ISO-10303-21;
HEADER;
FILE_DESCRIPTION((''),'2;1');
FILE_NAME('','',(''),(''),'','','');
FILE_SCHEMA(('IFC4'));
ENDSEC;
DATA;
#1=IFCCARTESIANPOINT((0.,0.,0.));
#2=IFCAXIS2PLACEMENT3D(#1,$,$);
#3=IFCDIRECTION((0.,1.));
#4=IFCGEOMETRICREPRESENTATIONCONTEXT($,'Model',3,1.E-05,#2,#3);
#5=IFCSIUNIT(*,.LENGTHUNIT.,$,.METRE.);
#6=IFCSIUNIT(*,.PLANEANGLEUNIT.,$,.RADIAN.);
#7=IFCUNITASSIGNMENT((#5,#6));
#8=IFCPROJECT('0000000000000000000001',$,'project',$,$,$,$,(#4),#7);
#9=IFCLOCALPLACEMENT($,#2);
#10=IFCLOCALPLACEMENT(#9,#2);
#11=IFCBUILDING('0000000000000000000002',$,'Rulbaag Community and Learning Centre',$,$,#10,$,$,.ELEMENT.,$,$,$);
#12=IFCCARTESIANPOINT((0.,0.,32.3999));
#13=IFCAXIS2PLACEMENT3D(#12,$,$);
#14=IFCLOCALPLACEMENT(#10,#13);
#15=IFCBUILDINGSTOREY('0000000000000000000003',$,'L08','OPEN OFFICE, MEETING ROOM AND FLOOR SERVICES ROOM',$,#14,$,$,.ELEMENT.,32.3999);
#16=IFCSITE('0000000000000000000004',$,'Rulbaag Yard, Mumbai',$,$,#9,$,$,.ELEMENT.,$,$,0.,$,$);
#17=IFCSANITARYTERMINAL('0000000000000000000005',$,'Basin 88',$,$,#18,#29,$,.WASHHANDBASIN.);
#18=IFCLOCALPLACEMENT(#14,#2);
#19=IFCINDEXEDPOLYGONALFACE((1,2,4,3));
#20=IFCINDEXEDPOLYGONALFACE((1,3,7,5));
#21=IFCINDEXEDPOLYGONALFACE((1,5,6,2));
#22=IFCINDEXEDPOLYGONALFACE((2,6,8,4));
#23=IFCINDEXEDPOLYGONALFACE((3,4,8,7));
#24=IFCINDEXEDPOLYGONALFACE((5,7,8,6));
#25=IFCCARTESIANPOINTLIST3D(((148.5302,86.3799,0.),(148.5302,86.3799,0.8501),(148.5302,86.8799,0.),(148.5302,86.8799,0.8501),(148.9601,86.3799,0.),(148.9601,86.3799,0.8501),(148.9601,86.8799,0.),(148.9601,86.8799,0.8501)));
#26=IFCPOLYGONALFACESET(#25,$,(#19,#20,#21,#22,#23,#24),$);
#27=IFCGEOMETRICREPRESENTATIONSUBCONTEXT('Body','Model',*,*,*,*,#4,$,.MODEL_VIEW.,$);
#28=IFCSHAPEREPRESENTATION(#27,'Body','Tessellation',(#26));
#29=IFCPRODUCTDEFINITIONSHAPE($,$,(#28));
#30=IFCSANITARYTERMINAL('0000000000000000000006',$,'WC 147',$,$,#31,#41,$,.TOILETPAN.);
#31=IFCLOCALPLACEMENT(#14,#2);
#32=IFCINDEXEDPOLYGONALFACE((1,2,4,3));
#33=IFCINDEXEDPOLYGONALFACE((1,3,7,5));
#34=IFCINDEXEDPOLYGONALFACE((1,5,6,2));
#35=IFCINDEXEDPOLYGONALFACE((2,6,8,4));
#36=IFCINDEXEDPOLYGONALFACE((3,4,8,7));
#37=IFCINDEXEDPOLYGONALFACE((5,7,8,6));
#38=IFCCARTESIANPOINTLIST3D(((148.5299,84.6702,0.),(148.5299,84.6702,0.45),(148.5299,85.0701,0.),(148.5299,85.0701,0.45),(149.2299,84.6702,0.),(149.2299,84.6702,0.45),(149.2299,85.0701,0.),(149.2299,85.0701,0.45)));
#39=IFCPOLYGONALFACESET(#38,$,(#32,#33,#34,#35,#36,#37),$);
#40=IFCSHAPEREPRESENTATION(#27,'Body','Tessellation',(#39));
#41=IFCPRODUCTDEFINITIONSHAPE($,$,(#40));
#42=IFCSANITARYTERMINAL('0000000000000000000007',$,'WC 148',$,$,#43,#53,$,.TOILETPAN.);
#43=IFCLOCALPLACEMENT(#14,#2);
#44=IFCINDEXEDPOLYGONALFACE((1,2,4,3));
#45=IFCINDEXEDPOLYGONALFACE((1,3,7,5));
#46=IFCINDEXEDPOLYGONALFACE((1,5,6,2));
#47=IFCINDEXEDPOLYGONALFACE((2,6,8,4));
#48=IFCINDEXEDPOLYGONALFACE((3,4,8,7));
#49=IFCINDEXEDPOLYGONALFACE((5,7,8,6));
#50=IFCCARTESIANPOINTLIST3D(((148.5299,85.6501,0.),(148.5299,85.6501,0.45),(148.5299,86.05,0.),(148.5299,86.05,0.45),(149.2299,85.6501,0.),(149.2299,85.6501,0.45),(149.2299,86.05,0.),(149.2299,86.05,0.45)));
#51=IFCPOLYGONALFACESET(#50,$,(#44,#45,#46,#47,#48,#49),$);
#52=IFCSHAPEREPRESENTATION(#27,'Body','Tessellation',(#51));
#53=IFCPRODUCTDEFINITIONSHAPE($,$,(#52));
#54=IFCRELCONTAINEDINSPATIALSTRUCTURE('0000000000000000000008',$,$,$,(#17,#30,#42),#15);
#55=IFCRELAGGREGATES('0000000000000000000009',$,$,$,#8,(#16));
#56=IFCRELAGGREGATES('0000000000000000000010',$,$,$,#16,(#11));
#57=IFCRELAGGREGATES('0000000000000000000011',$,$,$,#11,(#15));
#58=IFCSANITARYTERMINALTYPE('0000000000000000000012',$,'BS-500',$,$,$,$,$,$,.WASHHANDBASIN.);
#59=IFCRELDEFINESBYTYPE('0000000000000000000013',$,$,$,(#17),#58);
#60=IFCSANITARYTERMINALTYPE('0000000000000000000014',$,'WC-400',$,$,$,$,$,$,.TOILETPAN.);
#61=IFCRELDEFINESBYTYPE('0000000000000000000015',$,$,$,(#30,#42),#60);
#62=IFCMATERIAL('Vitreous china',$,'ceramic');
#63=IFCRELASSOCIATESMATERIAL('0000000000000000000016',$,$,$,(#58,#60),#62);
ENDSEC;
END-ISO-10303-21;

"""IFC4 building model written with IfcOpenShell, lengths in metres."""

from ifc_helpers import new_model, si_unit, direction, frame, origin, origin_2d, place, context, subcontext, project, spatial, rectangle, extrude, material, type_object, element, save


model = new_model("IFC4")

# Units and contexts
model_context = context("Model", 3, precision=1e-05, world=origin(), true_north=direction((0.0, 1.0)))
body_context = subcontext(model_context, "Body", "Model", "MODEL_VIEW")
ifc_project = project(units=[si_unit("LENGTHUNIT", "METRE"), si_unit("PLANEANGLEUNIT", "RADIAN")], contexts=[model_context])

# Site, building, storey
site_placement = place(None, origin())
site = spatial("IfcSite", under=ifc_project, at=site_placement, Name="Rulbaag Yard, Mumbai", CompositionType="ELEMENT", RefElevation=0.0)
building_placement = place(site_placement, origin())
building = spatial("IfcBuilding", under=site, at=building_placement, Name="Rulbaag Community and Learning Centre", CompositionType="ELEMENT")
storey_placement = place(building_placement, frame((0.0, 0.0, 32.3999)))
storey = spatial("IfcBuildingStorey", under=building, at=storey_placement, Name="L08", Description="OPEN OFFICE, MEETING ROOM AND FLOOR SERVICES ROOM", CompositionType="ELEMENT", Elevation=32.3999)

# Sanitary terminals
ifc_material_1 = material(Name="Vitreous china", Category="ceramic")
sanitary_terminal_type_1 = type_object("IfcSanitaryTerminalType", Name="BS-500", PredefinedType="WASHHANDBASIN", material=ifc_material_1)
sanitary_terminal_placement = place(storey_placement, frame((148.7451, 86.6299, 0.0), z_axis=(0.0, 0.0, 1.0), x_axis=(1.0, 0.0, 0.0)))
element("IfcSanitaryTerminal", 1, at=sanitary_terminal_placement, inside=storey, type_object=sanitary_terminal_type_1, Name="Basin 88", PredefinedType="WASHHANDBASIN", context=body_context, shape_type="SweptSolid", body=[
    extrude(rectangle(XDim=0.4299, YDim=0.5, at=origin_2d()), origin(), (0.0, 0.0, 1.0), 0.8501),
])
sanitary_terminal_type_2 = type_object("IfcSanitaryTerminalType", Name="WC-400", PredefinedType="TOILETPAN", material=ifc_material_1)
for number, where, z_axis, x_axis, name in (
    (2, (148.8799, 84.8701, 0.0), (0.0, 0.0, 1.0), (1.0, 0.0, 0.0), "WC 147"),
    (3, (148.8799, 85.8501, 0.0), (0.0, 0.0, 1.0), (1.0, 0.0, 0.0), "WC 148"),
):
    element("IfcSanitaryTerminal", number, at=place(storey_placement, frame(where, z_axis=z_axis, x_axis=x_axis)), inside=storey, type_object=sanitary_terminal_type_2, Name=name, PredefinedType="TOILETPAN", context=body_context, shape_type="SweptSolid", body=[
        extrude(rectangle(XDim=0.7, YDim=0.3999, at=origin_2d()), origin(), (0.0, 0.0, 1.0), 0.45),
    ])

save(model, "model.ifc")
